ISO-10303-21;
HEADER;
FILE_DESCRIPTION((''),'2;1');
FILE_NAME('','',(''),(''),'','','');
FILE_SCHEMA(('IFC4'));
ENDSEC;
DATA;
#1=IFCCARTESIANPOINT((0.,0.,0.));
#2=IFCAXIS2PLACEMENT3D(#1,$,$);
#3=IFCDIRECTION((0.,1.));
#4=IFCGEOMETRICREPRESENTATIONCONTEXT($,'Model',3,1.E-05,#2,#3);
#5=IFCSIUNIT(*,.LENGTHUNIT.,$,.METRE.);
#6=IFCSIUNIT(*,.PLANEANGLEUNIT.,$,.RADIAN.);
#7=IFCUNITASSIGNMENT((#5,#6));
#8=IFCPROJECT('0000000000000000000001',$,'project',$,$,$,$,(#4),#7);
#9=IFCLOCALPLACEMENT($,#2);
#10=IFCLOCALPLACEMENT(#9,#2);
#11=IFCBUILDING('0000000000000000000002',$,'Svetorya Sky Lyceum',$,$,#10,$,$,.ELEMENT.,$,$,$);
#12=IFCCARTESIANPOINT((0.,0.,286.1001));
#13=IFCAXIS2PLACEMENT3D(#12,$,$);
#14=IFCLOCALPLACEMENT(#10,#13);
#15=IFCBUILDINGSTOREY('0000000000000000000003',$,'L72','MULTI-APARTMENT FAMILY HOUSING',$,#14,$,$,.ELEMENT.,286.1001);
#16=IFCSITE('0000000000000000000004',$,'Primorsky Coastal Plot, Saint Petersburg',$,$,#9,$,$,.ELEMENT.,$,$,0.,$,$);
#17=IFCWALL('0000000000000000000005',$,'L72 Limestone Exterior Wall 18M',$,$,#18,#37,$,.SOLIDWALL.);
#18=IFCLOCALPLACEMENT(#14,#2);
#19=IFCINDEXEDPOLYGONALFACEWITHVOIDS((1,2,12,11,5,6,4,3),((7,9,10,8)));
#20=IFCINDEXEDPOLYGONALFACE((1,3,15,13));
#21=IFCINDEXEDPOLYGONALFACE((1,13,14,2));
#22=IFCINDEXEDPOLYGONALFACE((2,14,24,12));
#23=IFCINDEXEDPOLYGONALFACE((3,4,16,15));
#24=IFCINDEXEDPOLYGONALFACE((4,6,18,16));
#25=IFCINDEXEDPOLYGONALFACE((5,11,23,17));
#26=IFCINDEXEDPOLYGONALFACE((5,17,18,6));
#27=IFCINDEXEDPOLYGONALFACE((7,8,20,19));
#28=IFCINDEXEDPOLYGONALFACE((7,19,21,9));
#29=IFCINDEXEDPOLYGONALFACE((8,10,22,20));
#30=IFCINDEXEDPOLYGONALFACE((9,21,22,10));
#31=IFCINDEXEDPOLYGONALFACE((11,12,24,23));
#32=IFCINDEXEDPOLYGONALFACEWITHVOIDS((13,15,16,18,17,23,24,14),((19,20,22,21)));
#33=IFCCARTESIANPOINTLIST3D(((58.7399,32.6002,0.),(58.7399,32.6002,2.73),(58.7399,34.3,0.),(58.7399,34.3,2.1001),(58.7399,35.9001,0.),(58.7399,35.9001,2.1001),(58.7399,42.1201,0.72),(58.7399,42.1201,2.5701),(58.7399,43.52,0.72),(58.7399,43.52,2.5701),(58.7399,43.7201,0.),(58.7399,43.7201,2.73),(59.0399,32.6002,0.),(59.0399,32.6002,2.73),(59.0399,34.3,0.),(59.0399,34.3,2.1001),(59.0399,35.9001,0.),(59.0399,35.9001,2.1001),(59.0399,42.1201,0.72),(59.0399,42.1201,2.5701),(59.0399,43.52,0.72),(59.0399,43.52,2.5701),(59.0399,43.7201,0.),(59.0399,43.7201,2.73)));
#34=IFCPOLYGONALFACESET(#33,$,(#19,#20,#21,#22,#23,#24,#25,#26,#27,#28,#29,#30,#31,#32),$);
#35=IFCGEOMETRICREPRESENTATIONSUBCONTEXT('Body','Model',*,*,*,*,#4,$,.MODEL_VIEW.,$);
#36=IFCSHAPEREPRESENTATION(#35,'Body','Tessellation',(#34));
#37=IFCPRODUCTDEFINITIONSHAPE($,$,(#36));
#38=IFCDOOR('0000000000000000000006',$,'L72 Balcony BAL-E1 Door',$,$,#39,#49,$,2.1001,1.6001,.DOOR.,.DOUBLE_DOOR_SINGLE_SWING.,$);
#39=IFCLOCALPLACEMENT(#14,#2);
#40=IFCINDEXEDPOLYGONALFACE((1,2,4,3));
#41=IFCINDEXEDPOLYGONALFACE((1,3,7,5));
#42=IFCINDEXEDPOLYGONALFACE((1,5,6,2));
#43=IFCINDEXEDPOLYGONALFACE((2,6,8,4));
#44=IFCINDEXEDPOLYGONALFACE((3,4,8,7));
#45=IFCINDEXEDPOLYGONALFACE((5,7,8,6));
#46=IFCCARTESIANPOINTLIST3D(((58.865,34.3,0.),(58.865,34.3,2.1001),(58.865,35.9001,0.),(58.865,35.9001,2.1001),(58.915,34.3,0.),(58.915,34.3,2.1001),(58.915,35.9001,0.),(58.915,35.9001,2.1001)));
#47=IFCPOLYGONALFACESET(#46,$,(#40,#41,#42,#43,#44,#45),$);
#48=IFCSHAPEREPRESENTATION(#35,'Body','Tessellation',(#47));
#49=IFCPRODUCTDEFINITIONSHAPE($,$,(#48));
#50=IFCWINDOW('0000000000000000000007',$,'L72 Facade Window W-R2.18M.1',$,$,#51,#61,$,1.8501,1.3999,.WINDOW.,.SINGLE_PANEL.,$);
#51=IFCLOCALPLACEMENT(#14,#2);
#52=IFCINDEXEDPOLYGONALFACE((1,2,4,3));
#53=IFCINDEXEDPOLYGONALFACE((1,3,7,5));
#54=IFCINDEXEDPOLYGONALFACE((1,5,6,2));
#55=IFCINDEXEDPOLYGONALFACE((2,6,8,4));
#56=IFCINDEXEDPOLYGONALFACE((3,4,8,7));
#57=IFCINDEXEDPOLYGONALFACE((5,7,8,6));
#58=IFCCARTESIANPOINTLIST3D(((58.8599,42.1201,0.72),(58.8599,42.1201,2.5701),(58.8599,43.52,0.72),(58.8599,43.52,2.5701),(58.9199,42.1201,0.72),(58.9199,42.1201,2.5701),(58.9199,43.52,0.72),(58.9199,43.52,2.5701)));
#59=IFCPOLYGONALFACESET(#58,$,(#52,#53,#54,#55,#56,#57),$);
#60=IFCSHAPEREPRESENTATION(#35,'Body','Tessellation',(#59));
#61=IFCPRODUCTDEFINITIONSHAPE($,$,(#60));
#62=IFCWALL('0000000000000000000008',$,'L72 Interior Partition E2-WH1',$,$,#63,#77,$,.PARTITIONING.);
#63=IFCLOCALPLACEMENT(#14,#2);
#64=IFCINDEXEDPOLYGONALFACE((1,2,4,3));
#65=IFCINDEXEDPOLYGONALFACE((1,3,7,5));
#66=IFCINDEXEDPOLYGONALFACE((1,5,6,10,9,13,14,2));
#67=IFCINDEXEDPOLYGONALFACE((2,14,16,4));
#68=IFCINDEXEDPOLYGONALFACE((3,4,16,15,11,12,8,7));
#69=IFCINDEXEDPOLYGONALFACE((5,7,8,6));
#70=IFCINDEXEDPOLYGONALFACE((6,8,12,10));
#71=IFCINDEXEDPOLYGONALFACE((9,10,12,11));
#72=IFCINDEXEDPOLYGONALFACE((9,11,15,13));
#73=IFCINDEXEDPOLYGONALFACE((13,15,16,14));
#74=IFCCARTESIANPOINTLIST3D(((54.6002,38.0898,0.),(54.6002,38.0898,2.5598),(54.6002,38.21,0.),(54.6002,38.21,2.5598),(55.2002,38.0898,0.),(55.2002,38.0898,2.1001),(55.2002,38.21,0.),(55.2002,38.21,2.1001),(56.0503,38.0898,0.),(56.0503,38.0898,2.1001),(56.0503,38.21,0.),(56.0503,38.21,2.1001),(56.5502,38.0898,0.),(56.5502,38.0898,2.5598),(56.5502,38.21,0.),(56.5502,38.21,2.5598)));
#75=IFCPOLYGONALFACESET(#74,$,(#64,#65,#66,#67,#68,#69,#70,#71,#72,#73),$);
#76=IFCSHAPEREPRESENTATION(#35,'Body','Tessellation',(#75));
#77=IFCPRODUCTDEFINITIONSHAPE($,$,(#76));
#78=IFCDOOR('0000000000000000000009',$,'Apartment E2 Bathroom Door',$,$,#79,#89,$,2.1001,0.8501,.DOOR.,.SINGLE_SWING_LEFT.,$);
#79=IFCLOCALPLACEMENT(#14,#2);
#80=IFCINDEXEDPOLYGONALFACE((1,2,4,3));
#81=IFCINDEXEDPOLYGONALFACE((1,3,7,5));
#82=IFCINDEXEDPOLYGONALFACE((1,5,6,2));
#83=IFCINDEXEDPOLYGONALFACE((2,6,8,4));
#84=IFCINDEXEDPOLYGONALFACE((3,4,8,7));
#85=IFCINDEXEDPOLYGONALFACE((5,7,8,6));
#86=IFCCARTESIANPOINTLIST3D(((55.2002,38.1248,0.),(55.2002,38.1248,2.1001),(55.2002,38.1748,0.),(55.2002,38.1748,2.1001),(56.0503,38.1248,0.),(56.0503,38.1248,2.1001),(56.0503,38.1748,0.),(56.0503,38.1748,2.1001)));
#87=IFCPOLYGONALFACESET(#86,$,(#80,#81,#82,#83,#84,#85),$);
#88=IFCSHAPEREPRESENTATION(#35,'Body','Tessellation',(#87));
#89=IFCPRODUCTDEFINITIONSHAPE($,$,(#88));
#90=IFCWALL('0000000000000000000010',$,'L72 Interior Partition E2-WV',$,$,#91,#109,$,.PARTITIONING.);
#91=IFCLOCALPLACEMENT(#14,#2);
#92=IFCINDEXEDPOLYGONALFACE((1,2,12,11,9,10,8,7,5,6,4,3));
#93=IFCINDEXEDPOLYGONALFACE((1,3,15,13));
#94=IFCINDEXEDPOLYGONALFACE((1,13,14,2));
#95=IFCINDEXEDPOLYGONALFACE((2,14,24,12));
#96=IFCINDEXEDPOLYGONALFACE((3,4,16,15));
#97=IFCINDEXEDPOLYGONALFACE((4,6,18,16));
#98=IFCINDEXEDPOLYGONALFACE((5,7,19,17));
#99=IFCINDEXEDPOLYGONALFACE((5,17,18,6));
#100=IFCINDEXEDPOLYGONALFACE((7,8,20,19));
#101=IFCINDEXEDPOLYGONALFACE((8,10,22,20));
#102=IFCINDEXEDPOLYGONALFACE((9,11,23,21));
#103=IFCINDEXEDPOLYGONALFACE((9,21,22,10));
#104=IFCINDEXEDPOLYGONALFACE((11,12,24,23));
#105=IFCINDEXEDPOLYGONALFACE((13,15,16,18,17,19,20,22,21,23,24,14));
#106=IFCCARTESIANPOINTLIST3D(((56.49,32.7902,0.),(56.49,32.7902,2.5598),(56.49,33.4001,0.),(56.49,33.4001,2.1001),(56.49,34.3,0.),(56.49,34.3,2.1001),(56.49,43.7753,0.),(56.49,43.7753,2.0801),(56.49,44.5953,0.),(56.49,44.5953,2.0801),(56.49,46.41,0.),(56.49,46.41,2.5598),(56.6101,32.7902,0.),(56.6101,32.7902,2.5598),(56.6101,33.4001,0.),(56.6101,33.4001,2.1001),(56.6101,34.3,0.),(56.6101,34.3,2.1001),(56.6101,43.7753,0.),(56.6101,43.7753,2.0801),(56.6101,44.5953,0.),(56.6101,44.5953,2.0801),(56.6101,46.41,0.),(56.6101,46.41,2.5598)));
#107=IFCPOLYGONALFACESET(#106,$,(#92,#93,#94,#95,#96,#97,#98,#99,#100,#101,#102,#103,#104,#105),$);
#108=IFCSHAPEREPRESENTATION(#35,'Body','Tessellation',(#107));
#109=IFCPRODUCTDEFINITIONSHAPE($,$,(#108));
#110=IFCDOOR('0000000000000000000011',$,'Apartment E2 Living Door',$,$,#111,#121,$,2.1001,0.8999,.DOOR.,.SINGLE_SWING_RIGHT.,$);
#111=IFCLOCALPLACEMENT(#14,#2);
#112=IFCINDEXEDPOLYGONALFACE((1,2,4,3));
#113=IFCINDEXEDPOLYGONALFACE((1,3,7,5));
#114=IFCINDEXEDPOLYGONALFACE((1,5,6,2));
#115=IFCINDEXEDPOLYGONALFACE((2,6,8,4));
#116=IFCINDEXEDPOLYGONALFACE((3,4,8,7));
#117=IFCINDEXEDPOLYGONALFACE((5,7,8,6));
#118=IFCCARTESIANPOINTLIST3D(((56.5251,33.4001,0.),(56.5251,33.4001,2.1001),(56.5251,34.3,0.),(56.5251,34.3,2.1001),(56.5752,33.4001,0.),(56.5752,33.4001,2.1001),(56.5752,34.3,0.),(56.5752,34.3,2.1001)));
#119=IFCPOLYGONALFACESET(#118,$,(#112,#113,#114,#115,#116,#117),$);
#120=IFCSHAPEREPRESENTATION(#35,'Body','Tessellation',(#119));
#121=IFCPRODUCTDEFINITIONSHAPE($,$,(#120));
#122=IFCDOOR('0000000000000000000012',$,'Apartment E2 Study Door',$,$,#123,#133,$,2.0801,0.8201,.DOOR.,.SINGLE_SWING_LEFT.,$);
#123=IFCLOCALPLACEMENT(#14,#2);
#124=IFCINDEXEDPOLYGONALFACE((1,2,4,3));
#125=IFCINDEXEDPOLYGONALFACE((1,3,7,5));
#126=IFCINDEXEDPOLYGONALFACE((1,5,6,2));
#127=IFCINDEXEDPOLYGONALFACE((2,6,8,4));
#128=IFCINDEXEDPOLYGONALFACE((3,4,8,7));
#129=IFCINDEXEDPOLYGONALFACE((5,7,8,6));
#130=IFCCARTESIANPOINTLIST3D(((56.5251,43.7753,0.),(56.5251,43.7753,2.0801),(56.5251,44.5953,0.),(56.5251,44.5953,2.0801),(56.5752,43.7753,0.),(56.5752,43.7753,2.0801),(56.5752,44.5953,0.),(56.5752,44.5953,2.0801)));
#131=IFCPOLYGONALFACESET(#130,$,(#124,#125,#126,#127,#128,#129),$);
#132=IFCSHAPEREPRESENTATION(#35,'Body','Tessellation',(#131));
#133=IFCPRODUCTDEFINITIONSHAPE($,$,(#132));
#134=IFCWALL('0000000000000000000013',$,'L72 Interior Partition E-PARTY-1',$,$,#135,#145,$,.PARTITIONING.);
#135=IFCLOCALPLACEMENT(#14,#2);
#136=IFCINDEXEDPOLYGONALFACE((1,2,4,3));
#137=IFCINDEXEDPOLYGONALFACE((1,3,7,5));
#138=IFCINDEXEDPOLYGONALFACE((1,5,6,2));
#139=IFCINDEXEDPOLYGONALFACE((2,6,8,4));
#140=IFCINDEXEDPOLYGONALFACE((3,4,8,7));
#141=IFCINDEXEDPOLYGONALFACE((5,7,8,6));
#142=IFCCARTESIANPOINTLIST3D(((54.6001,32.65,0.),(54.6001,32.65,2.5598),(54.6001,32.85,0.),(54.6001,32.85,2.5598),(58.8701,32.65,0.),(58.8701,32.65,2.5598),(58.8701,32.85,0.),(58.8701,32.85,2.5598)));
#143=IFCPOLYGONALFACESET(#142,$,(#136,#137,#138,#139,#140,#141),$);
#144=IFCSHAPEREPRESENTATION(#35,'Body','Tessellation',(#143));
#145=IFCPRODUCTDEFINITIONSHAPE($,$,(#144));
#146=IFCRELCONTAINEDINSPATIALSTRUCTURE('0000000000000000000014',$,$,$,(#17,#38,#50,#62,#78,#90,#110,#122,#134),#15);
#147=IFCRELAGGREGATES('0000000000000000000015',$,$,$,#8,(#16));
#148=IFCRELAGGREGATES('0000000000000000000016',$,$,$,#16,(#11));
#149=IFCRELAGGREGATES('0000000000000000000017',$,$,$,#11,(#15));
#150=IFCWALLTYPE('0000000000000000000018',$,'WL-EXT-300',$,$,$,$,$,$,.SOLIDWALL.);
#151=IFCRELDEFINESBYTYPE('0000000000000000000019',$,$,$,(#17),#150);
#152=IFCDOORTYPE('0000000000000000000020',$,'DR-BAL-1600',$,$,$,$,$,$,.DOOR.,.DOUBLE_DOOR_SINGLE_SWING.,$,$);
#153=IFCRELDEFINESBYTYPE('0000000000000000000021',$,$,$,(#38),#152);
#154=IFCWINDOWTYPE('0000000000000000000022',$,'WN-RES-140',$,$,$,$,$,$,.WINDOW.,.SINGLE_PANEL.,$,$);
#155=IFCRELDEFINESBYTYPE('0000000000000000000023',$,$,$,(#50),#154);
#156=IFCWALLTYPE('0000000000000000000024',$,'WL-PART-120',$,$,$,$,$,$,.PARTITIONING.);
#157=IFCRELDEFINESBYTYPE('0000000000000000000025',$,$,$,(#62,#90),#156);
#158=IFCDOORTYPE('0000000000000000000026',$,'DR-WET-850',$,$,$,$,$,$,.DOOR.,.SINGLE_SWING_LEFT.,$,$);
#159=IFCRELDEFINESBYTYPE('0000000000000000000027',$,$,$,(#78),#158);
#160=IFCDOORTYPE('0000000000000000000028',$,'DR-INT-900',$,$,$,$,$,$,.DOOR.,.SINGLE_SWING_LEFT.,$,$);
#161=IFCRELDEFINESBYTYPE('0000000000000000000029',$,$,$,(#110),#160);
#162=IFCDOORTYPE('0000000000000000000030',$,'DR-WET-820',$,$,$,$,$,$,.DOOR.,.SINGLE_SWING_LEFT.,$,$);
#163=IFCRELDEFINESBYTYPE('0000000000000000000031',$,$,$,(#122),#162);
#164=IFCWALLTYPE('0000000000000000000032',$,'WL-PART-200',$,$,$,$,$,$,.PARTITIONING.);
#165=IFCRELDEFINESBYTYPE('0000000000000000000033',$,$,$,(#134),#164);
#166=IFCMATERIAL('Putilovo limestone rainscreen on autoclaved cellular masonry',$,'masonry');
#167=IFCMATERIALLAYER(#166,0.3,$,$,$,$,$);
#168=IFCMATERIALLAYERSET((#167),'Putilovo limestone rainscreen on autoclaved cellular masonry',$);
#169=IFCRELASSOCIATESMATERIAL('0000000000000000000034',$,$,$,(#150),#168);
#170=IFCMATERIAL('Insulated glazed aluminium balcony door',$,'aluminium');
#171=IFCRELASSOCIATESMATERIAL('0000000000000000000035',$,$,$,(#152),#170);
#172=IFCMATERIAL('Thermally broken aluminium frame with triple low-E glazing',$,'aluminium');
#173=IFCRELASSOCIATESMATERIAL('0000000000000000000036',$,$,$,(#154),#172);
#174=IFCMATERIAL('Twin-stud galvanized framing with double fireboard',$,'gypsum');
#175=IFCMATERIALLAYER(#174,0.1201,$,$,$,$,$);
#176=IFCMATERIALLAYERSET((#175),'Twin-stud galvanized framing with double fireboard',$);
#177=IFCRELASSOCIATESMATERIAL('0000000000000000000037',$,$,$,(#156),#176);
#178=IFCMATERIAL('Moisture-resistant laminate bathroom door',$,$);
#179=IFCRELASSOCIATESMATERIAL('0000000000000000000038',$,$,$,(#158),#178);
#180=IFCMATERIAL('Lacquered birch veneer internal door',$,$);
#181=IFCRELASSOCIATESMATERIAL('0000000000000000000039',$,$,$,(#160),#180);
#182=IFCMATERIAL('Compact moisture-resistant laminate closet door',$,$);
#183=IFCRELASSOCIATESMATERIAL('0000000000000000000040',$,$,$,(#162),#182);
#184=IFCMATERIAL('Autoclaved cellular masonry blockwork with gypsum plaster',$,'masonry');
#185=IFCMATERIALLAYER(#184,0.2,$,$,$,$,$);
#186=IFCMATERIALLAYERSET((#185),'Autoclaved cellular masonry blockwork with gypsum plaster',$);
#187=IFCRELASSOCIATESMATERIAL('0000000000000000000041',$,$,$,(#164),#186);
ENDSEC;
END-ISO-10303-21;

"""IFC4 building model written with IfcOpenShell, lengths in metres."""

from ifc_helpers import new_model, si_unit, direction, frame, frame_2d, origin, place, context, subcontext, project, spatial, rectangle, extrude, material, layer, layer_set, type_object, element, fill, save


model = new_model("IFC4")

# Units and contexts
model_context = context("Model", 3, precision=1e-05, world=origin(), true_north=direction((0.0, 1.0)))
body_context = subcontext(model_context, "Body", "Model", "MODEL_VIEW")
ifc_project = project(units=[si_unit("LENGTHUNIT", "METRE"), si_unit("PLANEANGLEUNIT", "RADIAN")], contexts=[model_context])

# Site, building, storey
site_placement = place(None, origin())
site = spatial("IfcSite", under=ifc_project, at=site_placement, Name="Primorsky Coastal Plot, Saint Petersburg", CompositionType="ELEMENT", RefElevation=0.0)
building_placement = place(site_placement, origin())
building = spatial("IfcBuilding", under=site, at=building_placement, Name="Svetorya Sky Lyceum", CompositionType="ELEMENT")
storey_placement = place(building_placement, frame((0.0, 0.0, 286.1001)))
storey = spatial("IfcBuildingStorey", under=building, at=storey_placement, Name="L72", Description="MULTI-APARTMENT FAMILY HOUSING", CompositionType="ELEMENT", Elevation=286.1001)

# Shared definitions
ifc_material_1 = material(Name="Putilovo limestone rainscreen on autoclaved cellular masonry", Category="masonry")
ifc_layer_1 = layer(ifc_material_1, 0.3)
ifc_layer_set_1 = layer_set([ifc_layer_1], Name="Putilovo limestone rainscreen on autoclaved cellular masonry")
wall_type_1 = type_object("IfcWallType", Name="WL-EXT-300", PredefinedType="SOLIDWALL", material=ifc_layer_set_1)

# Shared definitions
ifc_material_2 = material(Name="Thermally broken aluminium frame with triple low-E glazing", Category="aluminium")

# Wall, openings, door, window
wall_1_placement = place(storey_placement, frame((58.8899, 32.6001, 0.0), z_axis=(0.0, 0.0, 1.0), x_axis=(0.0, 1.0, 0.0)))
wall_1 = element("IfcWall", 1, at=wall_1_placement, inside=storey, type_object=wall_type_1, Name="L72 Limestone Exterior Wall 18M", PredefinedType="SOLIDWALL", context=body_context, shape_type="SweptSolid", body=[
    extrude(rectangle(XDim=11.1199, YDim=0.3, at=frame_2d((5.5601, 0.0))), origin(), (0.0, 0.0, 1.0), 2.73),
])
opening_1_placement = place(wall_1_placement, frame((1.7, 0.0, 0.0)))
opening_1 = element("IfcOpeningElement", 2, at=opening_1_placement, cuts=wall_1, PredefinedType="OPENING", context=body_context, shape_type="SweptSolid", body=[
    extrude(rectangle(XDim=1.6001, YDim=2.1001, at=frame_2d((0.8, 1.05))), frame((0.0, 0.1599, 0.0), z_axis=(0.0, -1.0, 0.0), x_axis=(1.0, 0.0, 0.0)), (0.0, 0.0, 1.0), 0.3201),
])
opening_2_placement = place(wall_1_placement, frame((9.52, 0.0, 0.72)))
opening_2 = element("IfcOpeningElement", 3, at=opening_2_placement, cuts=wall_1, PredefinedType="OPENING", context=body_context, shape_type="SweptSolid", body=[
    extrude(rectangle(XDim=1.3999, YDim=1.8501, at=frame_2d((0.7, 0.925))), frame((0.0, 0.1599, 0.0), z_axis=(0.0, -1.0, 0.0), x_axis=(1.0, 0.0, 0.0)), (0.0, 0.0, 1.0), 0.3201),
])
ifc_material_3 = material(Name="Insulated glazed aluminium balcony door", Category="aluminium")
door_type_1 = type_object("IfcDoorType", Name="DR-BAL-1600", OperationType="DOUBLE_DOOR_SINGLE_SWING", PredefinedType="DOOR", material=ifc_material_3)
door_1_placement = place(opening_1_placement, origin())
door_1 = element("IfcDoor", 4, at=door_1_placement, inside=storey, type_object=door_type_1, Name="L72 Balcony BAL-E1 Door", OperationType="DOUBLE_DOOR_SINGLE_SWING", OverallHeight=2.1001, OverallWidth=1.6001, PredefinedType="DOOR", context=body_context, shape_type="SweptSolid", body=[
    extrude(rectangle(XDim=1.6001, YDim=2.1001, at=frame_2d((0.8, 1.05))), frame((0.0, 0.0249, 0.0), z_axis=(0.0, -1.0, 0.0), x_axis=(1.0, 0.0, 0.0)), (0.0, 0.0, 1.0), 0.05),
])
fill(opening_1, door_1)
window_type_1 = type_object("IfcWindowType", Name="WN-RES-140", PartitioningType="SINGLE_PANEL", PredefinedType="WINDOW", material=ifc_material_2)
window_1_placement = place(opening_2_placement, origin())
window_1 = element("IfcWindow", 5, at=window_1_placement, inside=storey, type_object=window_type_1, Name="L72 Facade Window W-R2.18M.1", OverallHeight=1.8501, OverallWidth=1.3999, PartitioningType="SINGLE_PANEL", PredefinedType="WINDOW", context=body_context, shape_type="SweptSolid", body=[
    extrude(rectangle(XDim=1.3999, YDim=1.8501, at=frame_2d((0.7, 0.925))), frame((0.0, 0.03, 0.0), z_axis=(0.0, -1.0, 0.0), x_axis=(1.0, 0.0, 0.0)), (0.0, 0.0, 1.0), 0.0601),
])
fill(opening_2, window_1)

# Wall, opening, door
ifc_material_4 = material(Name="Twin-stud galvanized framing with double fireboard", Category="gypsum")
ifc_layer_2 = layer(ifc_material_4, 0.1201)
ifc_layer_set_2 = layer_set([ifc_layer_2], Name="Twin-stud galvanized framing with double fireboard")
wall_type_2 = type_object("IfcWallType", Name="WL-PART-120", PredefinedType="PARTITIONING", material=ifc_layer_set_2)
wall_2_placement = place(storey_placement, frame((54.6001, 38.1499, 0.0), z_axis=(0.0, 0.0, 1.0), x_axis=(1.0, 0.0, 0.0)))
wall_2 = element("IfcWall", 6, at=wall_2_placement, inside=storey, type_object=wall_type_2, Name="L72 Interior Partition E2-WH1", PredefinedType="PARTITIONING", context=body_context, shape_type="SweptSolid", body=[
    extrude(rectangle(XDim=1.95, YDim=0.1201, at=frame_2d((0.9751, 0.0))), origin(), (0.0, 0.0, 1.0), 2.5598),
])
opening_3_placement = place(wall_2_placement, frame((0.6001, 0.0, 0.0)))
opening_3 = element("IfcOpeningElement", 7, at=opening_3_placement, cuts=wall_2, PredefinedType="OPENING", context=body_context, shape_type="SweptSolid", body=[
    extrude(rectangle(XDim=0.8501, YDim=2.1001, at=frame_2d((0.425, 1.05))), frame((0.0, 0.0701, 0.0), z_axis=(0.0, -1.0, 0.0), x_axis=(1.0, 0.0, 0.0)), (0.0, 0.0, 1.0), 0.1401),
])
ifc_material_5 = material(Name="Moisture-resistant laminate bathroom door")
door_type_2 = type_object("IfcDoorType", Name="DR-WET-850", OperationType="SINGLE_SWING_LEFT", PredefinedType="DOOR", material=ifc_material_5)
door_2_placement = place(opening_3_placement, origin())
door_2 = element("IfcDoor", 8, at=door_2_placement, inside=storey, type_object=door_type_2, Name="Apartment E2 Bathroom Door", OperationType="SINGLE_SWING_LEFT", OverallHeight=2.1001, OverallWidth=0.8501, PredefinedType="DOOR", context=body_context, shape_type="SweptSolid", body=[
    extrude(rectangle(XDim=0.8501, YDim=2.1001, at=frame_2d((0.425, 1.05))), frame((0.0, 0.0249, 0.0), z_axis=(0.0, -1.0, 0.0), x_axis=(1.0, 0.0, 0.0)), (0.0, 0.0, 1.0), 0.05),
])
fill(opening_3, door_2)

# Wall, openings, doors
wall_3_placement = place(storey_placement, frame((56.55, 32.79, 0.0), z_axis=(0.0, 0.0, 1.0), x_axis=(0.0, 1.0, 0.0)))
wall_3 = element("IfcWall", 9, at=wall_3_placement, inside=storey, type_object=wall_type_2, Name="L72 Interior Partition E2-WV", PredefinedType="PARTITIONING", context=body_context, shape_type="SweptSolid", body=[
    extrude(rectangle(XDim=13.6199, YDim=0.1201, at=frame_2d((6.8101, 0.0))), origin(), (0.0, 0.0, 1.0), 2.5598),
])
opening_4_placement = place(wall_3_placement, frame((0.6101, 0.0, 0.0)))
opening_4 = element("IfcOpeningElement", 10, at=opening_4_placement, cuts=wall_3, PredefinedType="OPENING", context=body_context, shape_type="SweptSolid", body=[
    extrude(rectangle(XDim=0.8999, YDim=2.1001, at=frame_2d((0.45, 1.05))), frame((0.0, 0.0701, 0.0), z_axis=(0.0, -1.0, 0.0), x_axis=(1.0, 0.0, 0.0)), (0.0, 0.0, 1.0), 0.1401),
])
opening_5_placement = place(wall_3_placement, frame((10.9851, 0.0, 0.0)))
opening_5 = element("IfcOpeningElement", 11, at=opening_5_placement, cuts=wall_3, PredefinedType="OPENING", context=body_context, shape_type="SweptSolid", body=[
    extrude(rectangle(XDim=0.8201, YDim=2.0801, at=frame_2d((0.4102, 1.04))), frame((0.0, 0.0701, 0.0), z_axis=(0.0, -1.0, 0.0), x_axis=(1.0, 0.0, 0.0)), (0.0, 0.0, 1.0), 0.1401),
])
ifc_material_6 = material(Name="Lacquered birch veneer internal door")
door_type_3 = type_object("IfcDoorType", Name="DR-INT-900", OperationType="SINGLE_SWING_LEFT", PredefinedType="DOOR", material=ifc_material_6)
door_3_placement = place(opening_4_placement, origin())
door_3 = element("IfcDoor", 12, at=door_3_placement, inside=storey, type_object=door_type_3, Name="Apartment E2 Living Door", OperationType="SINGLE_SWING_RIGHT", OverallHeight=2.1001, OverallWidth=0.8999, PredefinedType="DOOR", context=body_context, shape_type="SweptSolid", body=[
    extrude(rectangle(XDim=0.8999, YDim=2.1001, at=frame_2d((0.45, 1.05))), frame((0.0, 0.0249, 0.0), z_axis=(0.0, -1.0, 0.0), x_axis=(1.0, 0.0, 0.0)), (0.0, 0.0, 1.0), 0.05),
])
fill(opening_4, door_3)
ifc_material_7 = material(Name="Compact moisture-resistant laminate closet door")
door_type_4 = type_object("IfcDoorType", Name="DR-WET-820", OperationType="SINGLE_SWING_LEFT", PredefinedType="DOOR", material=ifc_material_7)
door_4_placement = place(opening_5_placement, origin())
door_4 = element("IfcDoor", 13, at=door_4_placement, inside=storey, type_object=door_type_4, Name="Apartment E2 Study Door", OperationType="SINGLE_SWING_LEFT", OverallHeight=2.0801, OverallWidth=0.8201, PredefinedType="DOOR", context=body_context, shape_type="SweptSolid", body=[
    extrude(rectangle(XDim=0.8201, YDim=2.0801, at=frame_2d((0.4102, 1.04))), frame((0.0, 0.0249, 0.0), z_axis=(0.0, -1.0, 0.0), x_axis=(1.0, 0.0, 0.0)), (0.0, 0.0, 1.0), 0.05),
])
fill(opening_5, door_4)

# Wall
ifc_material_8 = material(Name="Autoclaved cellular masonry blockwork with gypsum plaster", Category="masonry")
ifc_layer_3 = layer(ifc_material_8, 0.2)
ifc_layer_set_3 = layer_set([ifc_layer_3], Name="Autoclaved cellular masonry blockwork with gypsum plaster")
wall_type_3 = type_object("IfcWallType", Name="WL-PART-200", PredefinedType="PARTITIONING", material=ifc_layer_set_3)
wall_4_placement = place(storey_placement, frame((54.6001, 32.75, 0.0), z_axis=(0.0, 0.0, 1.0), x_axis=(1.0, 0.0, 0.0)))
element("IfcWall", 14, at=wall_4_placement, inside=storey, type_object=wall_type_3, Name="L72 Interior Partition E-PARTY-1", PredefinedType="PARTITIONING", context=body_context, shape_type="SweptSolid", body=[
    extrude(rectangle(XDim=4.27, YDim=0.2, at=frame_2d((2.135, 0.0))), origin(), (0.0, 0.0, 1.0), 2.5598),
])

save(model, "model.ifc")
